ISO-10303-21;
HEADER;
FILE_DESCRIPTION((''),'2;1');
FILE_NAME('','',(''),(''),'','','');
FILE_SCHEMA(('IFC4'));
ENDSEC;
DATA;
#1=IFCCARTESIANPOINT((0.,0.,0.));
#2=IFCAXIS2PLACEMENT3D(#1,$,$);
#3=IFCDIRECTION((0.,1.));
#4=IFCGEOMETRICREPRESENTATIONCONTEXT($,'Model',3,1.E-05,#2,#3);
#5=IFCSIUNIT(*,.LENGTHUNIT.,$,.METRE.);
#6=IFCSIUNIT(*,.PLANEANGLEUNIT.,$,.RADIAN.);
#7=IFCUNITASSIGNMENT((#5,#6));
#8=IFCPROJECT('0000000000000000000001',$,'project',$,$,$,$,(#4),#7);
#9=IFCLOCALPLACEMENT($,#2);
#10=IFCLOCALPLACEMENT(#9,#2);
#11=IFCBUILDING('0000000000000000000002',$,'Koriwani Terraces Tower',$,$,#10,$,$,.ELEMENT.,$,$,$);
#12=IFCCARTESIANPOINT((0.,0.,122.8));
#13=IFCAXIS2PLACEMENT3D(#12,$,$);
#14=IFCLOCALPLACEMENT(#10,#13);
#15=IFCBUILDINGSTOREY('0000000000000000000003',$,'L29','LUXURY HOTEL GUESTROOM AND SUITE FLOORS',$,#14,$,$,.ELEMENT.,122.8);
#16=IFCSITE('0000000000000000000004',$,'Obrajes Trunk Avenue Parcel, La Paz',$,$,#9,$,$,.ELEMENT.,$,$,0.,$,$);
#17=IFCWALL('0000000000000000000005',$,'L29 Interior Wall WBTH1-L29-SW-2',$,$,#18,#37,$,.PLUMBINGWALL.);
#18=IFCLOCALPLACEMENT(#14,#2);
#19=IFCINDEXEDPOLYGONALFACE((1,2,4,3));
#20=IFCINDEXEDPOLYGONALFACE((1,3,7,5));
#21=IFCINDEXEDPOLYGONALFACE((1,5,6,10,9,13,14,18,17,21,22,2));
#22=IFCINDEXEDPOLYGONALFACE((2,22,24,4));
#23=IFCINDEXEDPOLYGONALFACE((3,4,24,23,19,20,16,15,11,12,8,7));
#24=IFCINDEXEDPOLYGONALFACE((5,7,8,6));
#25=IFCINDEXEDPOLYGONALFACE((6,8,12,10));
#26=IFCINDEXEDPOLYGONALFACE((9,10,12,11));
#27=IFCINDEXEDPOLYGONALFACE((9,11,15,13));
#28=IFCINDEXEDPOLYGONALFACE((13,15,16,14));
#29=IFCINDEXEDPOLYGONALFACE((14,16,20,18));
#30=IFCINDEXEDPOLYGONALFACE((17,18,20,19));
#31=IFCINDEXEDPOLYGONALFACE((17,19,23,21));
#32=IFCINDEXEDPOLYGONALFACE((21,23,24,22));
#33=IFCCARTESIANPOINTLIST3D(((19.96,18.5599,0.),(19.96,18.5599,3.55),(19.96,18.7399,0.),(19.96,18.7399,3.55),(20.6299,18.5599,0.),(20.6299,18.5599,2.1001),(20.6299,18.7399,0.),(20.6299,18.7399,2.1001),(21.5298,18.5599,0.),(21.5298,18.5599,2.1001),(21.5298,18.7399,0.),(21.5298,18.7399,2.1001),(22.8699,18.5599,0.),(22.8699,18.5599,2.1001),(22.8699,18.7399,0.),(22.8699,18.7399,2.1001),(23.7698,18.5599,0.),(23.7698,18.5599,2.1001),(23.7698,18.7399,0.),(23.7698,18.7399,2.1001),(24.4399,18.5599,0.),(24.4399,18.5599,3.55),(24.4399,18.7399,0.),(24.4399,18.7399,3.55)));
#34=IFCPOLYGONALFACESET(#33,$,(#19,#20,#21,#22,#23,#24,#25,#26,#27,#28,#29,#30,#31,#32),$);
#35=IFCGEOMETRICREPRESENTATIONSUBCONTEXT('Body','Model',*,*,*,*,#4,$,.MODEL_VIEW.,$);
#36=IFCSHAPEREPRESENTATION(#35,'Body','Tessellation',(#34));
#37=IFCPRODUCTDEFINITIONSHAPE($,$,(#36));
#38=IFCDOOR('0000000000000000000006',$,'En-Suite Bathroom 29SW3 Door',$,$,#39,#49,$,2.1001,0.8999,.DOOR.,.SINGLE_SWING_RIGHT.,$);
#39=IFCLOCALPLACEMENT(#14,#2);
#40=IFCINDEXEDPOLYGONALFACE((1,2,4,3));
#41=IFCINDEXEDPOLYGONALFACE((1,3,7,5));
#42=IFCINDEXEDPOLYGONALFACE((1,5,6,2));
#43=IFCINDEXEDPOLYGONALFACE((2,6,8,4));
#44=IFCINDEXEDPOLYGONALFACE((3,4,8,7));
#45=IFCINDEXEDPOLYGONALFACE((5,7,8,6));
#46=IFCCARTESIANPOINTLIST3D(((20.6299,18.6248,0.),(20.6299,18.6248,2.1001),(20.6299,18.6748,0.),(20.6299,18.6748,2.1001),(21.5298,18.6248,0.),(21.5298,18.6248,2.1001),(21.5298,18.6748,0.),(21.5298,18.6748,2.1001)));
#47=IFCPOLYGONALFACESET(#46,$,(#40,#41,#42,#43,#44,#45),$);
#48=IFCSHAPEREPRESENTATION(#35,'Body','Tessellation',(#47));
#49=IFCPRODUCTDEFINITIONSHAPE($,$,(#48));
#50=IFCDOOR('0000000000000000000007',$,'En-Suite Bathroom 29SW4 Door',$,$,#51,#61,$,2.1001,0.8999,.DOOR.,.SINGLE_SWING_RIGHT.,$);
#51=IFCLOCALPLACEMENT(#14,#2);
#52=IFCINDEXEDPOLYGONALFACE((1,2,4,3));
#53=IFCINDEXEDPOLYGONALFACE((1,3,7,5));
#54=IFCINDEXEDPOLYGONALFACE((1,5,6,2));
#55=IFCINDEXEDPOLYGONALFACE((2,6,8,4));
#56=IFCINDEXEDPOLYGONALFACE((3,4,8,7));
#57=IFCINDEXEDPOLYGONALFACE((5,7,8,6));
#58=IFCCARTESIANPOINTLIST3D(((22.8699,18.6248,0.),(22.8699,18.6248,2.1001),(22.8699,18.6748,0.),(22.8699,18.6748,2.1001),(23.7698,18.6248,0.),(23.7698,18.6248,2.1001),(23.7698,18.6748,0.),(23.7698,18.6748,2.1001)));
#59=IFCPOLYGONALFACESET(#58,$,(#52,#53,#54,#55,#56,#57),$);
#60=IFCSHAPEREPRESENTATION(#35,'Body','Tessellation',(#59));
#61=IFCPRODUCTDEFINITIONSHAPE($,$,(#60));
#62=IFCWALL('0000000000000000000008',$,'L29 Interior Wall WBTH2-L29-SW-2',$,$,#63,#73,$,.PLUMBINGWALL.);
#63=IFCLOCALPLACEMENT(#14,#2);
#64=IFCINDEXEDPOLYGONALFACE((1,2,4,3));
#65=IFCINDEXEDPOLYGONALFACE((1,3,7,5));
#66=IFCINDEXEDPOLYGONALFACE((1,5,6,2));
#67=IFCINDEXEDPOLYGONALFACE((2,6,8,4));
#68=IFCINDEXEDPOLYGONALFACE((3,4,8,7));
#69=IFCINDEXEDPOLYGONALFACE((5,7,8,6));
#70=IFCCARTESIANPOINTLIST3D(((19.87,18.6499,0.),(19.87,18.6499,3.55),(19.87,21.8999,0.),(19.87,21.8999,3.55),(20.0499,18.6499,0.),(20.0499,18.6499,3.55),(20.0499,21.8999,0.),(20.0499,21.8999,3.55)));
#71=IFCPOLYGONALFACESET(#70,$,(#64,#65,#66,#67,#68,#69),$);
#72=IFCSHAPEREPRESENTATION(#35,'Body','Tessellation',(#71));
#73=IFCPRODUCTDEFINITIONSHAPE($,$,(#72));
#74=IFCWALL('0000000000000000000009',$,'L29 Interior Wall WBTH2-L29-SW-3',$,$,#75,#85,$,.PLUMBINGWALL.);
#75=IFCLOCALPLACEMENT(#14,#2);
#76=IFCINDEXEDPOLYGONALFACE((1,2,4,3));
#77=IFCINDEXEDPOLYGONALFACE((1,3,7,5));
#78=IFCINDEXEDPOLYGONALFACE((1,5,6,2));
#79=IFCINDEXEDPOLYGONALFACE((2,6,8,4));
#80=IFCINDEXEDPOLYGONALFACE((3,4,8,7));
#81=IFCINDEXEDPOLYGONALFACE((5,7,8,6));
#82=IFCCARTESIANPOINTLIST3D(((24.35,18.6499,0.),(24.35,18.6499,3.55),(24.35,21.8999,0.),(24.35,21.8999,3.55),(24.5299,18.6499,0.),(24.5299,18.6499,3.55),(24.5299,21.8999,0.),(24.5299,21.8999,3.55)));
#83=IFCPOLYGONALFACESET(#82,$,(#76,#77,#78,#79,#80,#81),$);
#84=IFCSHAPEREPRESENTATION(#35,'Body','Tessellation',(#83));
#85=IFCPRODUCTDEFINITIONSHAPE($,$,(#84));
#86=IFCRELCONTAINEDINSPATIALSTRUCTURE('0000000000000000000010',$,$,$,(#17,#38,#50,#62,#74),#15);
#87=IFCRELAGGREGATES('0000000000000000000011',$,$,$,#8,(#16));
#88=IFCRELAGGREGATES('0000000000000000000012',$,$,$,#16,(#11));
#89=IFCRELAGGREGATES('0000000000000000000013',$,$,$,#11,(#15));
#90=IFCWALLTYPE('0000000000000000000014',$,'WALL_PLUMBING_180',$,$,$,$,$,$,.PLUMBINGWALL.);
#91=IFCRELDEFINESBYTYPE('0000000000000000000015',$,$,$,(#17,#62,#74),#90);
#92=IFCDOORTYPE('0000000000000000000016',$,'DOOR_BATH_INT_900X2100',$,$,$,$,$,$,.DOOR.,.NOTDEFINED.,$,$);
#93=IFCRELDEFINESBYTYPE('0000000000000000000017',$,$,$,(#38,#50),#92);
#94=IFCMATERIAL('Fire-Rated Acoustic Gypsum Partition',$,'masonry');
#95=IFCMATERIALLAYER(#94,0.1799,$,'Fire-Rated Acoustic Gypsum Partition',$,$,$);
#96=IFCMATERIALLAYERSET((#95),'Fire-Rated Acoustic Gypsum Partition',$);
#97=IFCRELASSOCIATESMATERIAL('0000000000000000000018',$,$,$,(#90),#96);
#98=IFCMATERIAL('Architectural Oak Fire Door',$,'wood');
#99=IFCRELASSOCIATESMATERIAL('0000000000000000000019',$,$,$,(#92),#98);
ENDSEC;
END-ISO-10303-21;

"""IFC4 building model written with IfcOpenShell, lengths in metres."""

from ifc_helpers import new_model, si_unit, direction, frame, frame_2d, origin, place, context, subcontext, project, spatial, rectangle, extrude, material, layer, layer_set, type_object, element, fill, save


model = new_model("IFC4")

# Units and contexts
model_context = context("Model", 3, precision=1e-05, world=origin(), true_north=direction((0.0, 1.0)))
body_context = subcontext(model_context, "Body", "Model", "MODEL_VIEW")
ifc_project = project(units=[si_unit("LENGTHUNIT", "METRE"), si_unit("PLANEANGLEUNIT", "RADIAN")], contexts=[model_context])

# Site, building, storey
site_placement = place(None, origin())
site = spatial("IfcSite", under=ifc_project, at=site_placement, Name="Obrajes Trunk Avenue Parcel, La Paz", CompositionType="ELEMENT", RefElevation=0.0)
building_placement = place(site_placement, origin())
building = spatial("IfcBuilding", under=site, at=building_placement, Name="Koriwani Terraces Tower", CompositionType="ELEMENT")
storey_placement = place(building_placement, frame((0.0, 0.0, 122.8)))
storey = spatial("IfcBuildingStorey", under=building, at=storey_placement, Name="L29", Description="LUXURY HOTEL GUESTROOM AND SUITE FLOORS", CompositionType="ELEMENT", Elevation=122.8)

# Shared definitions
ifc_material_1 = material(Name="Architectural Oak Fire Door", Category="wood")

# Wall, openings, doors
ifc_material_2 = material(Name="Fire-Rated Acoustic Gypsum Partition", Category="masonry")
ifc_layer_1 = layer(ifc_material_2, 0.1799, Name="Fire-Rated Acoustic Gypsum Partition")
ifc_layer_set_1 = layer_set([ifc_layer_1], Name="Fire-Rated Acoustic Gypsum Partition")
wall_type_1 = type_object("IfcWallType", Name="WALL_PLUMBING_180", PredefinedType="PLUMBINGWALL", material=ifc_layer_set_1)
wall_1_placement = place(storey_placement, frame((19.96, 18.6499, 0.0), z_axis=(0.0, 0.0, 1.0), x_axis=(1.0, 0.0, 0.0)))
wall_1 = element("IfcWall", 1, at=wall_1_placement, inside=storey, type_object=wall_type_1, Name="L29 Interior Wall WBTH1-L29-SW-2", PredefinedType="PLUMBINGWALL", context=body_context, shape_type="SweptSolid", body=[
    extrude(rectangle(XDim=4.48, YDim=0.1799, at=frame_2d((2.24, 0.0))), origin(), (0.0, 0.0, 1.0), 3.55),
])
opening_1_placement = place(wall_1_placement, frame((0.6699, 0.0, 0.0)))
opening_1 = element("IfcOpeningElement", 2, at=opening_1_placement, cuts=wall_1, PredefinedType="OPENING", context=body_context, shape_type="SweptSolid", body=[
    extrude(rectangle(XDim=0.8999, YDim=2.1001, at=frame_2d((0.45, 1.05))), frame((0.0, 0.1001, 0.0), z_axis=(0.0, -1.0, 0.0), x_axis=(1.0, 0.0, 0.0)), (0.0, 0.0, 1.0), 0.2),
])
opening_2_placement = place(wall_1_placement, frame((2.9099, 0.0, 0.0)))
opening_2 = element("IfcOpeningElement", 3, at=opening_2_placement, cuts=wall_1, PredefinedType="OPENING", context=body_context, shape_type="SweptSolid", body=[
    extrude(rectangle(XDim=0.8999, YDim=2.1001, at=frame_2d((0.45, 1.05))), frame((0.0, 0.1001, 0.0), z_axis=(0.0, -1.0, 0.0), x_axis=(1.0, 0.0, 0.0)), (0.0, 0.0, 1.0), 0.2),
])
door_type_1 = type_object("IfcDoorType", Name="DOOR_BATH_INT_900X2100", OperationType="NOTDEFINED", PredefinedType="DOOR", material=ifc_material_1)
door_1_placement = place(opening_1_placement, origin())
door_1 = element("IfcDoor", 4, at=door_1_placement, inside=storey, type_object=door_type_1, Name="En-Suite Bathroom 29SW3 Door", OperationType="SINGLE_SWING_RIGHT", OverallHeight=2.1001, OverallWidth=0.8999, PredefinedType="DOOR", context=body_context, shape_type="SweptSolid", body=[
    extrude(rectangle(XDim=0.8999, YDim=2.1001, at=frame_2d((0.45, 1.05))), frame((0.0, 0.0249, 0.0), z_axis=(0.0, -1.0, 0.0), x_axis=(1.0, 0.0, 0.0)), (0.0, 0.0, 1.0), 0.05),
])
fill(opening_1, door_1)
door_2_placement = place(opening_2_placement, origin())
door_2 = element("IfcDoor", 5, at=door_2_placement, inside=storey, type_object=door_type_1, Name="En-Suite Bathroom 29SW4 Door", OperationType="SINGLE_SWING_RIGHT", OverallHeight=2.1001, OverallWidth=0.8999, PredefinedType="DOOR", context=body_context, shape_type="SweptSolid", body=[
    extrude(rectangle(XDim=0.8999, YDim=2.1001, at=frame_2d((0.45, 1.05))), frame((0.0, 0.0249, 0.0), z_axis=(0.0, -1.0, 0.0), x_axis=(1.0, 0.0, 0.0)), (0.0, 0.0, 1.0), 0.05),
])
fill(opening_2, door_2)

# Walls
for number, where, z_axis, x_axis, name in (
    (6, (19.96, 18.6499, 0.0), (0.0, 0.0, 1.0), (0.0, 1.0, 0.0), "L29 Interior Wall WBTH2-L29-SW-2"),
    (7, (24.4399, 18.6499, 0.0), (0.0, 0.0, 1.0), (0.0, 1.0, 0.0), "L29 Interior Wall WBTH2-L29-SW-3"),
):
    element("IfcWall", number, at=place(storey_placement, frame(where, z_axis=z_axis, x_axis=x_axis)), inside=storey, type_object=wall_type_1, Name=name, PredefinedType="PLUMBINGWALL", context=body_context, shape_type="SweptSolid", body=[
        extrude(rectangle(XDim=3.25, YDim=0.1799, at=frame_2d((1.625, 0.0))), origin(), (0.0, 0.0, 1.0), 3.55),
    ])

save(model, "model.ifc")
